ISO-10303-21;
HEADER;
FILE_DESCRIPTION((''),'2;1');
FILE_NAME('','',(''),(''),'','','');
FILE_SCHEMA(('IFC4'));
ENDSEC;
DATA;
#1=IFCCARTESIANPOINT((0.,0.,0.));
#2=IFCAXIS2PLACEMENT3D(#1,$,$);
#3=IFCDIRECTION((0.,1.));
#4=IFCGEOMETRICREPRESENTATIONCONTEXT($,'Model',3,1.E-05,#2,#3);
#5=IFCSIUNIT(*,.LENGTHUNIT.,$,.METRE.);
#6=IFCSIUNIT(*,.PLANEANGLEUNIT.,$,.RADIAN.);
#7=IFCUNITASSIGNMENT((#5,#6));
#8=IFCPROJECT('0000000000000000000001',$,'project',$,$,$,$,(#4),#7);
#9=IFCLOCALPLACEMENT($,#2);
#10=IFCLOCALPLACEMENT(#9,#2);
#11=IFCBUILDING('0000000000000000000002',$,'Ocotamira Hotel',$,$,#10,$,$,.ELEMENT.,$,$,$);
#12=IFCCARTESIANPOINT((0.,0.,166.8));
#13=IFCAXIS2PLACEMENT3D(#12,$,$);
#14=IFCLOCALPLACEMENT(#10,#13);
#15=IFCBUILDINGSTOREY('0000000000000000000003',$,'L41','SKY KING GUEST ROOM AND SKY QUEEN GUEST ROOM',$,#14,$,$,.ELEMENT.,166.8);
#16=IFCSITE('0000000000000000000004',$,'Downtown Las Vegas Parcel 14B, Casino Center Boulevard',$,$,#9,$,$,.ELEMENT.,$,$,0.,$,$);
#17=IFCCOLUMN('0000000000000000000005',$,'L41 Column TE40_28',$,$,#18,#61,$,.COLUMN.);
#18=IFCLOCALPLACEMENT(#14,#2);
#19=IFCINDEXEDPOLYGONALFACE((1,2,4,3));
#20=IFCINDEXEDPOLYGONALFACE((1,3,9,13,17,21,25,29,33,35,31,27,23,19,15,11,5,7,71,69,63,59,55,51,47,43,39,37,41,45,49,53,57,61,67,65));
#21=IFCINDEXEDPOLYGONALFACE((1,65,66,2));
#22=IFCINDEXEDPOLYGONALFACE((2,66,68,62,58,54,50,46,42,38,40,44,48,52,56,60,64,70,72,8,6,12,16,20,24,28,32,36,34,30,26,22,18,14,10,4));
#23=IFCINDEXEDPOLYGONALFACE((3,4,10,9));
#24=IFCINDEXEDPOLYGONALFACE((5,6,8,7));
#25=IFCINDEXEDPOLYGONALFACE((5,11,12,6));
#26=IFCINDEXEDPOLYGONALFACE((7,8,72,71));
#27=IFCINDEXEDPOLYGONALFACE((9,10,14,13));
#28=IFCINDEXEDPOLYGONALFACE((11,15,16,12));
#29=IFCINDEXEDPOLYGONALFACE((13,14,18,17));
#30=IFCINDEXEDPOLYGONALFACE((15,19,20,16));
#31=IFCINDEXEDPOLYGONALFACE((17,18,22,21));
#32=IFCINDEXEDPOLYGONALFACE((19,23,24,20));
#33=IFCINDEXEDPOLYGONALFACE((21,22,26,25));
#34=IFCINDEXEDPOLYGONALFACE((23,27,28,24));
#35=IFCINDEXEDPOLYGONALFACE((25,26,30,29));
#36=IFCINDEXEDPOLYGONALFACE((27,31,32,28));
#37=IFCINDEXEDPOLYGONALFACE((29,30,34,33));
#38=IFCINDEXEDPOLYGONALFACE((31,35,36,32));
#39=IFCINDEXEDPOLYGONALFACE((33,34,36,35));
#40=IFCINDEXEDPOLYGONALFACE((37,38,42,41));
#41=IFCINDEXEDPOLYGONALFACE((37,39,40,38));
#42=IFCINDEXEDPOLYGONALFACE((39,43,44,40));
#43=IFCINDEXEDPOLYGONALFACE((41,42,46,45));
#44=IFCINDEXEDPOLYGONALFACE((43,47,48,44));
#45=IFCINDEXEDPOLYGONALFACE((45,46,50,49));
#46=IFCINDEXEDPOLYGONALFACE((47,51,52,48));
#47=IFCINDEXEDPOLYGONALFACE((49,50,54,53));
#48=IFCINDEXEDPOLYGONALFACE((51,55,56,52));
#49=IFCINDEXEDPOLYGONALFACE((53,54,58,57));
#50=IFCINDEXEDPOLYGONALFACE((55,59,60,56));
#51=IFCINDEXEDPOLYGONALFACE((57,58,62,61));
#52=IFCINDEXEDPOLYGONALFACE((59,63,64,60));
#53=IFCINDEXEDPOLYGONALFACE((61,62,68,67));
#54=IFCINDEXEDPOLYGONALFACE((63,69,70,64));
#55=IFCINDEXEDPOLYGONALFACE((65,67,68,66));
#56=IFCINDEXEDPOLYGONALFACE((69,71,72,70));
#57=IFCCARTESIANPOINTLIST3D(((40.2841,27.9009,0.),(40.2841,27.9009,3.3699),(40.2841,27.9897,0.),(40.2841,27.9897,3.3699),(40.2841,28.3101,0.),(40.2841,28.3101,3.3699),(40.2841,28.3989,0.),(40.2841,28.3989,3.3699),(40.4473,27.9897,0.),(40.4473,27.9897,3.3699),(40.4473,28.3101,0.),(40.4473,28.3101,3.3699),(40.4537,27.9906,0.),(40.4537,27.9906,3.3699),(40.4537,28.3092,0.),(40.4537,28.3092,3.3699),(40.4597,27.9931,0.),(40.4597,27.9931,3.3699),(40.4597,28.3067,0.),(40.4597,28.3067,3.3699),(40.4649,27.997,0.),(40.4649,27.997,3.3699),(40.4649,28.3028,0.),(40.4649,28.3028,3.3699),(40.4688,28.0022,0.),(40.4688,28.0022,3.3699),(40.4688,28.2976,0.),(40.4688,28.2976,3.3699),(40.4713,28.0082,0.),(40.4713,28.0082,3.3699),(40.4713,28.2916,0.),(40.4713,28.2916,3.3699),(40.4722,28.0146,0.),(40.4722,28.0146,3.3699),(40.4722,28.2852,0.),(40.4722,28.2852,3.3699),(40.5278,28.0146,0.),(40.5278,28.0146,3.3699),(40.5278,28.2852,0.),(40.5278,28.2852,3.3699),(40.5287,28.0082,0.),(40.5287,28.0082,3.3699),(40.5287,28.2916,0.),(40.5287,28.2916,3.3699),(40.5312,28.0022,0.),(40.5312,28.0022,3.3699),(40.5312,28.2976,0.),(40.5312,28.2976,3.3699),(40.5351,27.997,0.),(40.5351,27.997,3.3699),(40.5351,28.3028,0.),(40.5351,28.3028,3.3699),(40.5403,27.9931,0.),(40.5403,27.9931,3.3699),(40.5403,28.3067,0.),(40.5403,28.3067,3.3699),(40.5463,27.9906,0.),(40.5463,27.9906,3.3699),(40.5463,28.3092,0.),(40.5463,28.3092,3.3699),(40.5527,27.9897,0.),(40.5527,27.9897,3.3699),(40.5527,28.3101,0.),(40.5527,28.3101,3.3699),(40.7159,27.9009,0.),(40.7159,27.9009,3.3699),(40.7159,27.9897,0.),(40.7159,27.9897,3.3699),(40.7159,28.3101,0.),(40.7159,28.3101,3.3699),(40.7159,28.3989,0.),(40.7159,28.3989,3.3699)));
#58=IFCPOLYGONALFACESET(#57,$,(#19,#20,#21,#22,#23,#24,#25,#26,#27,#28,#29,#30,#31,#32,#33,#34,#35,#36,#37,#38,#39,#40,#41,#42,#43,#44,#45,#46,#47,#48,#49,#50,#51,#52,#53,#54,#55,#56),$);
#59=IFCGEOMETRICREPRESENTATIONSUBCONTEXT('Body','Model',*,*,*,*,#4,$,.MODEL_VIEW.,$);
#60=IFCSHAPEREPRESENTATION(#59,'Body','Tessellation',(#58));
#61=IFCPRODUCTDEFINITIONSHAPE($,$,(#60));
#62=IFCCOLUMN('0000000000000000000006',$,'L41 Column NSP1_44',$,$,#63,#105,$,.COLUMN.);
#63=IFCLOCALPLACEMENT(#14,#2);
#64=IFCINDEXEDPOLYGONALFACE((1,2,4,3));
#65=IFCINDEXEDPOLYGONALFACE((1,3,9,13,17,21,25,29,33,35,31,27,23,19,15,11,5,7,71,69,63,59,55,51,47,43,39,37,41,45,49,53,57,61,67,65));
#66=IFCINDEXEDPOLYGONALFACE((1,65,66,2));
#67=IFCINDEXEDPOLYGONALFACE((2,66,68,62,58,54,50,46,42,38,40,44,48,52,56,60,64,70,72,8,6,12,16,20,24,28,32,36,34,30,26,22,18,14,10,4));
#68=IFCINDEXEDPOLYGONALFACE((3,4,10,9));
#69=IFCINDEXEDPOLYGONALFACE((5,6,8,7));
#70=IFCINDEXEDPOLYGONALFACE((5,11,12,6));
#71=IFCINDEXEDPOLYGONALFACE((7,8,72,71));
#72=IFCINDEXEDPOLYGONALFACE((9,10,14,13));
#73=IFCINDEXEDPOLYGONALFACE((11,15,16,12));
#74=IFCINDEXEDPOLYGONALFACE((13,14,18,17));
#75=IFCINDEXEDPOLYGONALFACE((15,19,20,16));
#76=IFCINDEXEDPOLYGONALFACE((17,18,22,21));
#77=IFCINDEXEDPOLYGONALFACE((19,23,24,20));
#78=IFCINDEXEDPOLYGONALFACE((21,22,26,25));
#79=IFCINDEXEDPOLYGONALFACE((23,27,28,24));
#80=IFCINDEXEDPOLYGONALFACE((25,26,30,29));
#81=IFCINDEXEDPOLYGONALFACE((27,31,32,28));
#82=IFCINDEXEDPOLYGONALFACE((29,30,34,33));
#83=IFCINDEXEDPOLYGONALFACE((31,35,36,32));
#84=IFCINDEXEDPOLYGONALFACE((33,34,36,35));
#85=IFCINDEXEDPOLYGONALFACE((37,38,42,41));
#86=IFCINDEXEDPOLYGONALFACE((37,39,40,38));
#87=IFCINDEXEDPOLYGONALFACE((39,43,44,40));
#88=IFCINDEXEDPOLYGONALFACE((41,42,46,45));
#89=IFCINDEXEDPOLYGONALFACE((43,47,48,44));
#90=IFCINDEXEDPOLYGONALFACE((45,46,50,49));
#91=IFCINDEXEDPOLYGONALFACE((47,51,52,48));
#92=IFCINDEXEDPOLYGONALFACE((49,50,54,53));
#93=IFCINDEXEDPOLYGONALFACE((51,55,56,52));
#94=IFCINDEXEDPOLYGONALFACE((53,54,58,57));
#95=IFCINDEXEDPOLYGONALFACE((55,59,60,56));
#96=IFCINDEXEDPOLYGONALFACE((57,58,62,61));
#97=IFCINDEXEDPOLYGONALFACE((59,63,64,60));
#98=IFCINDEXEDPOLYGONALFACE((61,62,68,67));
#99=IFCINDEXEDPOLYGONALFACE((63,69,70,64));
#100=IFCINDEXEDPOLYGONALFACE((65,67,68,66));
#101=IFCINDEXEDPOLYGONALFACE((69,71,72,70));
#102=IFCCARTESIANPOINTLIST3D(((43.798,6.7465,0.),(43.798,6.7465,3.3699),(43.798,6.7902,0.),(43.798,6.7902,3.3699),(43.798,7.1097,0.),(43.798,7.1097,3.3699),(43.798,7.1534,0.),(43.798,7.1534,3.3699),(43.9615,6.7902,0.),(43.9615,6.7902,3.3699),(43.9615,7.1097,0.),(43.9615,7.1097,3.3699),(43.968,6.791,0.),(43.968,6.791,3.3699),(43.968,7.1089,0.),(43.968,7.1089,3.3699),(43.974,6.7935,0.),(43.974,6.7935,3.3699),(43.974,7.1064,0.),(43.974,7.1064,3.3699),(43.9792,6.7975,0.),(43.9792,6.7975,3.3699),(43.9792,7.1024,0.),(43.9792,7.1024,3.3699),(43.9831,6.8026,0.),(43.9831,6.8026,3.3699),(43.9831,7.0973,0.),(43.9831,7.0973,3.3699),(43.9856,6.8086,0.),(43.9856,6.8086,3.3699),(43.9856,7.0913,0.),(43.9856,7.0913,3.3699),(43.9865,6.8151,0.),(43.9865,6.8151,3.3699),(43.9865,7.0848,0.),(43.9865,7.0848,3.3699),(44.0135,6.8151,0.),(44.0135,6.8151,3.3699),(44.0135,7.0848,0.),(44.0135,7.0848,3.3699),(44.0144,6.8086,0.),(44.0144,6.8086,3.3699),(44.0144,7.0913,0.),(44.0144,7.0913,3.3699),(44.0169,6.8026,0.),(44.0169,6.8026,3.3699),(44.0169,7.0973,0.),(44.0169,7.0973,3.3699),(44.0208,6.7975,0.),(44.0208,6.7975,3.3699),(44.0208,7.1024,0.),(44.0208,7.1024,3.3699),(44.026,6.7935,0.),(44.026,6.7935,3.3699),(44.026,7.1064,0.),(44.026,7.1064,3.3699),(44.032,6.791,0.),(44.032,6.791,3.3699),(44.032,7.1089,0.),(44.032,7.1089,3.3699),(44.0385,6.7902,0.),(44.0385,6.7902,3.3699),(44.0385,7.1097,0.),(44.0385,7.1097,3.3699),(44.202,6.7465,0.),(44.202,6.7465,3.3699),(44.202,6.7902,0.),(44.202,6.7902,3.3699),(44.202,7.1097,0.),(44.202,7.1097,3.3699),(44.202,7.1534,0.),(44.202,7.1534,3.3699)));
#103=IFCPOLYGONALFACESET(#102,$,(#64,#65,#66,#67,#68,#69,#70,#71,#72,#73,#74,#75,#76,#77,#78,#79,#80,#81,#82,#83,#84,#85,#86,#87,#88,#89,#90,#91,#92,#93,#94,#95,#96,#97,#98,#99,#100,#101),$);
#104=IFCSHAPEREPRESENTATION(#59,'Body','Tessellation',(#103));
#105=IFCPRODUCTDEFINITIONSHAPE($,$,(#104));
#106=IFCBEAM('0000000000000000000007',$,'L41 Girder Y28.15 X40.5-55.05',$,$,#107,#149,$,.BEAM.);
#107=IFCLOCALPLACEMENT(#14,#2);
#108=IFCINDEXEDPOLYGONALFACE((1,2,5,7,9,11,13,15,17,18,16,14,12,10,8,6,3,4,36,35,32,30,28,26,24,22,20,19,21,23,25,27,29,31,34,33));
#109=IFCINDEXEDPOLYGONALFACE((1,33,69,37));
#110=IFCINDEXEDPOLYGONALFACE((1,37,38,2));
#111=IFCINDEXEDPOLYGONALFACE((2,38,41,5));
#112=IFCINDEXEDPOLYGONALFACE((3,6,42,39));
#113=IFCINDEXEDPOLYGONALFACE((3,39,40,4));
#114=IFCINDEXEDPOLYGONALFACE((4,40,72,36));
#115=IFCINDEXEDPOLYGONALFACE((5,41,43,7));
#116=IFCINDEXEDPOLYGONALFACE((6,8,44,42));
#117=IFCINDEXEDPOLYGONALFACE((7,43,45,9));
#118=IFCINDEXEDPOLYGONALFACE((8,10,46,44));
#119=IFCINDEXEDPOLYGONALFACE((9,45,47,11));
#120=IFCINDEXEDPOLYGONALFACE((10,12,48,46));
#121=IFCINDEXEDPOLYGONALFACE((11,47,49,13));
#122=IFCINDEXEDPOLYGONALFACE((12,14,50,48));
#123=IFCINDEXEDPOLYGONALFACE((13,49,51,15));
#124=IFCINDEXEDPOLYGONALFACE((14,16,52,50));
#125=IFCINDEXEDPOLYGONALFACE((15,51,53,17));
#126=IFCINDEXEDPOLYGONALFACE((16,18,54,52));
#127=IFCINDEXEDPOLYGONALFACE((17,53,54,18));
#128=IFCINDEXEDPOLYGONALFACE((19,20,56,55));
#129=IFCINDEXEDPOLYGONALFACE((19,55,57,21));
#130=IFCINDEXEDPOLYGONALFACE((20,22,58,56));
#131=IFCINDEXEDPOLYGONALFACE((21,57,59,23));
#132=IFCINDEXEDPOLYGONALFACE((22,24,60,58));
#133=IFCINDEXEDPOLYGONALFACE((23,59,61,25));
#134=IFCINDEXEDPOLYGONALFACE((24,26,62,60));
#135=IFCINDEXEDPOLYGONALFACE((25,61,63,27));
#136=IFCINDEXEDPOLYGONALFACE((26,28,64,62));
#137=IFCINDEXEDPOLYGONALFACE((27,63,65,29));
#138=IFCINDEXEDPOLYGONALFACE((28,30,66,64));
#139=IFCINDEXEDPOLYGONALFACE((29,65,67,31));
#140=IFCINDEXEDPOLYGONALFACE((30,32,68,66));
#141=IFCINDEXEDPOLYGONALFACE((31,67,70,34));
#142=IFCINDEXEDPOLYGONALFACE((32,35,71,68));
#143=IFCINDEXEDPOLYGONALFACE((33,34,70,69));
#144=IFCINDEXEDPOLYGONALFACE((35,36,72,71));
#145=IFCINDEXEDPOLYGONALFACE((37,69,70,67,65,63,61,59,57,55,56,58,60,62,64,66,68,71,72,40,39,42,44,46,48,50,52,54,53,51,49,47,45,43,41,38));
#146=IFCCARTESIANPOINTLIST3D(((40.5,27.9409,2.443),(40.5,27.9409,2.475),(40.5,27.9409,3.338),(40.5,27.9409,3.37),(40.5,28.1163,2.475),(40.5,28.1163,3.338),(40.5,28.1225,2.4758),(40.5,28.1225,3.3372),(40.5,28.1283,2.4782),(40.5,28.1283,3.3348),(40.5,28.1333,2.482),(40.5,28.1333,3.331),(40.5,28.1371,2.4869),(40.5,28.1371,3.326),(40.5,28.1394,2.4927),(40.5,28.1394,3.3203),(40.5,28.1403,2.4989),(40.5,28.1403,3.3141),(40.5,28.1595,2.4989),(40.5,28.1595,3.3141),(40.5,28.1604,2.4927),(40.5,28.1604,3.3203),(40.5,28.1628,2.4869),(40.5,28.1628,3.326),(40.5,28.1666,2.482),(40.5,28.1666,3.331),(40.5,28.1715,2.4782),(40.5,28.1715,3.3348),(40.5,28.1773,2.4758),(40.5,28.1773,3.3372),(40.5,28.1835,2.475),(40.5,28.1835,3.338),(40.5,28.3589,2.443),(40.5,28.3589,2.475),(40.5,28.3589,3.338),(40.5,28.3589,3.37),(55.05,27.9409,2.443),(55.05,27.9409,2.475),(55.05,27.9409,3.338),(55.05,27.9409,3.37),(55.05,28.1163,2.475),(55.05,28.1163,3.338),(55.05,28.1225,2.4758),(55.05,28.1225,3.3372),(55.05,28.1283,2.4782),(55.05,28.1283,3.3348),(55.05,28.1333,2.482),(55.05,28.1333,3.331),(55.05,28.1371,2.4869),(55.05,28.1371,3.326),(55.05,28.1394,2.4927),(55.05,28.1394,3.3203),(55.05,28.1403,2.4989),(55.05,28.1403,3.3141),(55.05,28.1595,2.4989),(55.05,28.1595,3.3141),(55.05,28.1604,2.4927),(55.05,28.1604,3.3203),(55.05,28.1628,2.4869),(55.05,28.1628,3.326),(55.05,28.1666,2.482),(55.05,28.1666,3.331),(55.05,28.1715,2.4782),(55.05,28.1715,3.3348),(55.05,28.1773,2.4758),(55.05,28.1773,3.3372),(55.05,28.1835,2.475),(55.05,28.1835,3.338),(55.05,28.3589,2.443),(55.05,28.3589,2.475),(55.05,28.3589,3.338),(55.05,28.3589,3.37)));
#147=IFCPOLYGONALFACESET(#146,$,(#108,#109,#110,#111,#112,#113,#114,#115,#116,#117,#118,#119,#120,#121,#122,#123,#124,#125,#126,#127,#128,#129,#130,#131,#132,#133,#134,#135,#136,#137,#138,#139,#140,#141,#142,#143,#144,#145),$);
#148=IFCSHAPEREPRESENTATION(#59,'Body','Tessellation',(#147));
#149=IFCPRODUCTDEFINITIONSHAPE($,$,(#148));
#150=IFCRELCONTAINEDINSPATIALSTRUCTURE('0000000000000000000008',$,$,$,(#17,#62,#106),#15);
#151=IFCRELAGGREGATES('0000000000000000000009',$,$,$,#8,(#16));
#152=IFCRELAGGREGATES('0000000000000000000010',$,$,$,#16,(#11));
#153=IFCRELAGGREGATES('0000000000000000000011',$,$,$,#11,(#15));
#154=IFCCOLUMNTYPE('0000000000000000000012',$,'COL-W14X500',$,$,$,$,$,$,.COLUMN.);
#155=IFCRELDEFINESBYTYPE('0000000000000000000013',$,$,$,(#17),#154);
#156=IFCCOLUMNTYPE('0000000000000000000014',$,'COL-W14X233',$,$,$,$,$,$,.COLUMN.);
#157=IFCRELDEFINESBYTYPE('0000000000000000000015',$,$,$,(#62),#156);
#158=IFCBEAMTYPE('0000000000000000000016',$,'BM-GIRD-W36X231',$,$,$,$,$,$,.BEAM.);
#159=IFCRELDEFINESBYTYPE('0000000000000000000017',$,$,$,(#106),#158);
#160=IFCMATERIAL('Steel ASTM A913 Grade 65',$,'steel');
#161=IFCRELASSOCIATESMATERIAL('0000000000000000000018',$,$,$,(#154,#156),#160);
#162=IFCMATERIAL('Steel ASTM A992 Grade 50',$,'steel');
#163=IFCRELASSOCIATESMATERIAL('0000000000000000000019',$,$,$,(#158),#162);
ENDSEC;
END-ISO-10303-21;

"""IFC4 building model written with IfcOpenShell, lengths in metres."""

from ifc_helpers import new_model, si_unit, direction, frame, origin, origin_2d, place, context, subcontext, project, spatial, i_section, extrude, source, transform, mapped, material, material_profile, profile_set, type_object, element, save


model = new_model("IFC4")

# Units and contexts
model_context = context("Model", 3, precision=1e-05, world=origin(), true_north=direction((0.0, 1.0)))
body_context = subcontext(model_context, "Body", "Model", "MODEL_VIEW")
ifc_project = project(units=[si_unit("LENGTHUNIT", "METRE"), si_unit("PLANEANGLEUNIT", "RADIAN")], contexts=[model_context])

# Site, building, storey
site_placement = place(None, origin())
site = spatial("IfcSite", under=ifc_project, at=site_placement, Name="Downtown Las Vegas Parcel 14B, Casino Center Boulevard", CompositionType="ELEMENT", RefElevation=0.0)
building_placement = place(site_placement, origin())
building = spatial("IfcBuilding", under=site, at=building_placement, Name="Ocotamira Hotel", CompositionType="ELEMENT")
storey_placement = place(building_placement, frame((0.0, 0.0, 166.8)))
storey = spatial("IfcBuildingStorey", under=building, at=storey_placement, Name="L41", Description="SKY KING GUEST ROOM AND SKY QUEEN GUEST ROOM", CompositionType="ELEMENT", Elevation=166.8)

# Columns
ifc_material_1 = material(Name="Steel ASTM A913 Grade 65", Category="steel")
ifc_material_profile_1 = material_profile(ifc_material_1, i_section(OverallWidth=0.4319, OverallDepth=0.498, WebThickness=0.0557, FlangeThickness=0.0889, FilletRadius=0.0249, at=origin_2d()), Name="W14X500")
ifc_profile_set_1 = profile_set([ifc_material_profile_1], Name="Steel ASTM A913 Grade 65")
column_type_1 = type_object("IfcColumnType", Name="COL-W14X500", PredefinedType="COLUMN", material=ifc_profile_set_1)
shared_shape_1 = source(origin(), body_context, "Body", "SweptSolid", [
    extrude(i_section(OverallWidth=0.4319, OverallDepth=0.498, WebThickness=0.0557, FlangeThickness=0.0889, FilletRadius=0.0249, at=origin_2d()), origin(), (0.0, 0.0, 1.0), 3.3699),
])
column_1_placement = place(storey_placement, frame((40.5, 28.1499, 0.0), z_axis=(0.0, 0.0, 1.0), x_axis=(1.0, 0.0, 0.0)))
element("IfcColumn", 1, at=column_1_placement, inside=storey, type_object=column_type_1, Name="L41 Column TE40_28", PredefinedType="COLUMN", context=body_context, shape_type="MappedRepresentation", body=[
    mapped(shared_shape_1, transform((0.0, 0.0, 0.0), scale=1.0)),
])
ifc_material_profile_2 = material_profile(ifc_material_1, i_section(OverallWidth=0.4041, OverallDepth=0.407, WebThickness=0.0271, FlangeThickness=0.0437, FilletRadius=0.0249, at=origin_2d()), Name="W14X233")
ifc_profile_set_2 = profile_set([ifc_material_profile_2], Name="Steel ASTM A913 Grade 65")
column_type_2 = type_object("IfcColumnType", Name="COL-W14X233", PredefinedType="COLUMN", material=ifc_profile_set_2)
shared_shape_2 = source(origin(), body_context, "Body", "SweptSolid", [
    extrude(i_section(OverallWidth=0.4041, OverallDepth=0.407, WebThickness=0.0271, FlangeThickness=0.0437, FilletRadius=0.0249, at=origin_2d()), origin(), (0.0, 0.0, 1.0), 3.3699),
])
column_2_placement = place(storey_placement, frame((44.0, 6.95, 0.0), z_axis=(0.0, 0.0, 1.0), x_axis=(1.0, 0.0, 0.0)))
element("IfcColumn", 2, at=column_2_placement, inside=storey, type_object=column_type_2, Name="L41 Column NSP1_44", PredefinedType="COLUMN", context=body_context, shape_type="MappedRepresentation", body=[
    mapped(shared_shape_2, transform((0.0, 0.0, 0.0), scale=1.0)),
])

# Beam
ifc_material_2 = material(Name="Steel ASTM A992 Grade 50", Category="steel")
ifc_material_profile_3 = material_profile(ifc_material_2, i_section(OverallWidth=0.418, OverallDepth=0.927, WebThickness=0.0193, FlangeThickness=0.032, FilletRadius=0.0239, at=origin_2d()), Name="W36X231")
ifc_profile_set_3 = profile_set([ifc_material_profile_3], Name="Steel ASTM A992 Grade 50")
beam_type_1 = type_object("IfcBeamType", Name="BM-GIRD-W36X231", PredefinedType="BEAM", material=ifc_profile_set_3)
shared_shape_3 = source(origin(), body_context, "Body", "SweptSolid", [
    extrude(i_section(OverallWidth=0.418, OverallDepth=0.927, WebThickness=0.0193, FlangeThickness=0.032, FilletRadius=0.0239, at=origin_2d()), origin(), (0.0, 0.0, 1.0), 14.55),
])
beam_1_placement = place(storey_placement, frame((40.5, 28.1499, 2.9065), z_axis=(1.0, 0.0, 0.0), x_axis=(0.0, 1.0, 0.0)))
element("IfcBeam", 3, at=beam_1_placement, inside=storey, type_object=beam_type_1, Name="L41 Girder Y28.15 X40.5-55.05", PredefinedType="BEAM", context=body_context, shape_type="MappedRepresentation", body=[
    mapped(shared_shape_3, transform((0.0, 0.0, 0.0), scale=1.0)),
])

save(model, "model.ifc")
